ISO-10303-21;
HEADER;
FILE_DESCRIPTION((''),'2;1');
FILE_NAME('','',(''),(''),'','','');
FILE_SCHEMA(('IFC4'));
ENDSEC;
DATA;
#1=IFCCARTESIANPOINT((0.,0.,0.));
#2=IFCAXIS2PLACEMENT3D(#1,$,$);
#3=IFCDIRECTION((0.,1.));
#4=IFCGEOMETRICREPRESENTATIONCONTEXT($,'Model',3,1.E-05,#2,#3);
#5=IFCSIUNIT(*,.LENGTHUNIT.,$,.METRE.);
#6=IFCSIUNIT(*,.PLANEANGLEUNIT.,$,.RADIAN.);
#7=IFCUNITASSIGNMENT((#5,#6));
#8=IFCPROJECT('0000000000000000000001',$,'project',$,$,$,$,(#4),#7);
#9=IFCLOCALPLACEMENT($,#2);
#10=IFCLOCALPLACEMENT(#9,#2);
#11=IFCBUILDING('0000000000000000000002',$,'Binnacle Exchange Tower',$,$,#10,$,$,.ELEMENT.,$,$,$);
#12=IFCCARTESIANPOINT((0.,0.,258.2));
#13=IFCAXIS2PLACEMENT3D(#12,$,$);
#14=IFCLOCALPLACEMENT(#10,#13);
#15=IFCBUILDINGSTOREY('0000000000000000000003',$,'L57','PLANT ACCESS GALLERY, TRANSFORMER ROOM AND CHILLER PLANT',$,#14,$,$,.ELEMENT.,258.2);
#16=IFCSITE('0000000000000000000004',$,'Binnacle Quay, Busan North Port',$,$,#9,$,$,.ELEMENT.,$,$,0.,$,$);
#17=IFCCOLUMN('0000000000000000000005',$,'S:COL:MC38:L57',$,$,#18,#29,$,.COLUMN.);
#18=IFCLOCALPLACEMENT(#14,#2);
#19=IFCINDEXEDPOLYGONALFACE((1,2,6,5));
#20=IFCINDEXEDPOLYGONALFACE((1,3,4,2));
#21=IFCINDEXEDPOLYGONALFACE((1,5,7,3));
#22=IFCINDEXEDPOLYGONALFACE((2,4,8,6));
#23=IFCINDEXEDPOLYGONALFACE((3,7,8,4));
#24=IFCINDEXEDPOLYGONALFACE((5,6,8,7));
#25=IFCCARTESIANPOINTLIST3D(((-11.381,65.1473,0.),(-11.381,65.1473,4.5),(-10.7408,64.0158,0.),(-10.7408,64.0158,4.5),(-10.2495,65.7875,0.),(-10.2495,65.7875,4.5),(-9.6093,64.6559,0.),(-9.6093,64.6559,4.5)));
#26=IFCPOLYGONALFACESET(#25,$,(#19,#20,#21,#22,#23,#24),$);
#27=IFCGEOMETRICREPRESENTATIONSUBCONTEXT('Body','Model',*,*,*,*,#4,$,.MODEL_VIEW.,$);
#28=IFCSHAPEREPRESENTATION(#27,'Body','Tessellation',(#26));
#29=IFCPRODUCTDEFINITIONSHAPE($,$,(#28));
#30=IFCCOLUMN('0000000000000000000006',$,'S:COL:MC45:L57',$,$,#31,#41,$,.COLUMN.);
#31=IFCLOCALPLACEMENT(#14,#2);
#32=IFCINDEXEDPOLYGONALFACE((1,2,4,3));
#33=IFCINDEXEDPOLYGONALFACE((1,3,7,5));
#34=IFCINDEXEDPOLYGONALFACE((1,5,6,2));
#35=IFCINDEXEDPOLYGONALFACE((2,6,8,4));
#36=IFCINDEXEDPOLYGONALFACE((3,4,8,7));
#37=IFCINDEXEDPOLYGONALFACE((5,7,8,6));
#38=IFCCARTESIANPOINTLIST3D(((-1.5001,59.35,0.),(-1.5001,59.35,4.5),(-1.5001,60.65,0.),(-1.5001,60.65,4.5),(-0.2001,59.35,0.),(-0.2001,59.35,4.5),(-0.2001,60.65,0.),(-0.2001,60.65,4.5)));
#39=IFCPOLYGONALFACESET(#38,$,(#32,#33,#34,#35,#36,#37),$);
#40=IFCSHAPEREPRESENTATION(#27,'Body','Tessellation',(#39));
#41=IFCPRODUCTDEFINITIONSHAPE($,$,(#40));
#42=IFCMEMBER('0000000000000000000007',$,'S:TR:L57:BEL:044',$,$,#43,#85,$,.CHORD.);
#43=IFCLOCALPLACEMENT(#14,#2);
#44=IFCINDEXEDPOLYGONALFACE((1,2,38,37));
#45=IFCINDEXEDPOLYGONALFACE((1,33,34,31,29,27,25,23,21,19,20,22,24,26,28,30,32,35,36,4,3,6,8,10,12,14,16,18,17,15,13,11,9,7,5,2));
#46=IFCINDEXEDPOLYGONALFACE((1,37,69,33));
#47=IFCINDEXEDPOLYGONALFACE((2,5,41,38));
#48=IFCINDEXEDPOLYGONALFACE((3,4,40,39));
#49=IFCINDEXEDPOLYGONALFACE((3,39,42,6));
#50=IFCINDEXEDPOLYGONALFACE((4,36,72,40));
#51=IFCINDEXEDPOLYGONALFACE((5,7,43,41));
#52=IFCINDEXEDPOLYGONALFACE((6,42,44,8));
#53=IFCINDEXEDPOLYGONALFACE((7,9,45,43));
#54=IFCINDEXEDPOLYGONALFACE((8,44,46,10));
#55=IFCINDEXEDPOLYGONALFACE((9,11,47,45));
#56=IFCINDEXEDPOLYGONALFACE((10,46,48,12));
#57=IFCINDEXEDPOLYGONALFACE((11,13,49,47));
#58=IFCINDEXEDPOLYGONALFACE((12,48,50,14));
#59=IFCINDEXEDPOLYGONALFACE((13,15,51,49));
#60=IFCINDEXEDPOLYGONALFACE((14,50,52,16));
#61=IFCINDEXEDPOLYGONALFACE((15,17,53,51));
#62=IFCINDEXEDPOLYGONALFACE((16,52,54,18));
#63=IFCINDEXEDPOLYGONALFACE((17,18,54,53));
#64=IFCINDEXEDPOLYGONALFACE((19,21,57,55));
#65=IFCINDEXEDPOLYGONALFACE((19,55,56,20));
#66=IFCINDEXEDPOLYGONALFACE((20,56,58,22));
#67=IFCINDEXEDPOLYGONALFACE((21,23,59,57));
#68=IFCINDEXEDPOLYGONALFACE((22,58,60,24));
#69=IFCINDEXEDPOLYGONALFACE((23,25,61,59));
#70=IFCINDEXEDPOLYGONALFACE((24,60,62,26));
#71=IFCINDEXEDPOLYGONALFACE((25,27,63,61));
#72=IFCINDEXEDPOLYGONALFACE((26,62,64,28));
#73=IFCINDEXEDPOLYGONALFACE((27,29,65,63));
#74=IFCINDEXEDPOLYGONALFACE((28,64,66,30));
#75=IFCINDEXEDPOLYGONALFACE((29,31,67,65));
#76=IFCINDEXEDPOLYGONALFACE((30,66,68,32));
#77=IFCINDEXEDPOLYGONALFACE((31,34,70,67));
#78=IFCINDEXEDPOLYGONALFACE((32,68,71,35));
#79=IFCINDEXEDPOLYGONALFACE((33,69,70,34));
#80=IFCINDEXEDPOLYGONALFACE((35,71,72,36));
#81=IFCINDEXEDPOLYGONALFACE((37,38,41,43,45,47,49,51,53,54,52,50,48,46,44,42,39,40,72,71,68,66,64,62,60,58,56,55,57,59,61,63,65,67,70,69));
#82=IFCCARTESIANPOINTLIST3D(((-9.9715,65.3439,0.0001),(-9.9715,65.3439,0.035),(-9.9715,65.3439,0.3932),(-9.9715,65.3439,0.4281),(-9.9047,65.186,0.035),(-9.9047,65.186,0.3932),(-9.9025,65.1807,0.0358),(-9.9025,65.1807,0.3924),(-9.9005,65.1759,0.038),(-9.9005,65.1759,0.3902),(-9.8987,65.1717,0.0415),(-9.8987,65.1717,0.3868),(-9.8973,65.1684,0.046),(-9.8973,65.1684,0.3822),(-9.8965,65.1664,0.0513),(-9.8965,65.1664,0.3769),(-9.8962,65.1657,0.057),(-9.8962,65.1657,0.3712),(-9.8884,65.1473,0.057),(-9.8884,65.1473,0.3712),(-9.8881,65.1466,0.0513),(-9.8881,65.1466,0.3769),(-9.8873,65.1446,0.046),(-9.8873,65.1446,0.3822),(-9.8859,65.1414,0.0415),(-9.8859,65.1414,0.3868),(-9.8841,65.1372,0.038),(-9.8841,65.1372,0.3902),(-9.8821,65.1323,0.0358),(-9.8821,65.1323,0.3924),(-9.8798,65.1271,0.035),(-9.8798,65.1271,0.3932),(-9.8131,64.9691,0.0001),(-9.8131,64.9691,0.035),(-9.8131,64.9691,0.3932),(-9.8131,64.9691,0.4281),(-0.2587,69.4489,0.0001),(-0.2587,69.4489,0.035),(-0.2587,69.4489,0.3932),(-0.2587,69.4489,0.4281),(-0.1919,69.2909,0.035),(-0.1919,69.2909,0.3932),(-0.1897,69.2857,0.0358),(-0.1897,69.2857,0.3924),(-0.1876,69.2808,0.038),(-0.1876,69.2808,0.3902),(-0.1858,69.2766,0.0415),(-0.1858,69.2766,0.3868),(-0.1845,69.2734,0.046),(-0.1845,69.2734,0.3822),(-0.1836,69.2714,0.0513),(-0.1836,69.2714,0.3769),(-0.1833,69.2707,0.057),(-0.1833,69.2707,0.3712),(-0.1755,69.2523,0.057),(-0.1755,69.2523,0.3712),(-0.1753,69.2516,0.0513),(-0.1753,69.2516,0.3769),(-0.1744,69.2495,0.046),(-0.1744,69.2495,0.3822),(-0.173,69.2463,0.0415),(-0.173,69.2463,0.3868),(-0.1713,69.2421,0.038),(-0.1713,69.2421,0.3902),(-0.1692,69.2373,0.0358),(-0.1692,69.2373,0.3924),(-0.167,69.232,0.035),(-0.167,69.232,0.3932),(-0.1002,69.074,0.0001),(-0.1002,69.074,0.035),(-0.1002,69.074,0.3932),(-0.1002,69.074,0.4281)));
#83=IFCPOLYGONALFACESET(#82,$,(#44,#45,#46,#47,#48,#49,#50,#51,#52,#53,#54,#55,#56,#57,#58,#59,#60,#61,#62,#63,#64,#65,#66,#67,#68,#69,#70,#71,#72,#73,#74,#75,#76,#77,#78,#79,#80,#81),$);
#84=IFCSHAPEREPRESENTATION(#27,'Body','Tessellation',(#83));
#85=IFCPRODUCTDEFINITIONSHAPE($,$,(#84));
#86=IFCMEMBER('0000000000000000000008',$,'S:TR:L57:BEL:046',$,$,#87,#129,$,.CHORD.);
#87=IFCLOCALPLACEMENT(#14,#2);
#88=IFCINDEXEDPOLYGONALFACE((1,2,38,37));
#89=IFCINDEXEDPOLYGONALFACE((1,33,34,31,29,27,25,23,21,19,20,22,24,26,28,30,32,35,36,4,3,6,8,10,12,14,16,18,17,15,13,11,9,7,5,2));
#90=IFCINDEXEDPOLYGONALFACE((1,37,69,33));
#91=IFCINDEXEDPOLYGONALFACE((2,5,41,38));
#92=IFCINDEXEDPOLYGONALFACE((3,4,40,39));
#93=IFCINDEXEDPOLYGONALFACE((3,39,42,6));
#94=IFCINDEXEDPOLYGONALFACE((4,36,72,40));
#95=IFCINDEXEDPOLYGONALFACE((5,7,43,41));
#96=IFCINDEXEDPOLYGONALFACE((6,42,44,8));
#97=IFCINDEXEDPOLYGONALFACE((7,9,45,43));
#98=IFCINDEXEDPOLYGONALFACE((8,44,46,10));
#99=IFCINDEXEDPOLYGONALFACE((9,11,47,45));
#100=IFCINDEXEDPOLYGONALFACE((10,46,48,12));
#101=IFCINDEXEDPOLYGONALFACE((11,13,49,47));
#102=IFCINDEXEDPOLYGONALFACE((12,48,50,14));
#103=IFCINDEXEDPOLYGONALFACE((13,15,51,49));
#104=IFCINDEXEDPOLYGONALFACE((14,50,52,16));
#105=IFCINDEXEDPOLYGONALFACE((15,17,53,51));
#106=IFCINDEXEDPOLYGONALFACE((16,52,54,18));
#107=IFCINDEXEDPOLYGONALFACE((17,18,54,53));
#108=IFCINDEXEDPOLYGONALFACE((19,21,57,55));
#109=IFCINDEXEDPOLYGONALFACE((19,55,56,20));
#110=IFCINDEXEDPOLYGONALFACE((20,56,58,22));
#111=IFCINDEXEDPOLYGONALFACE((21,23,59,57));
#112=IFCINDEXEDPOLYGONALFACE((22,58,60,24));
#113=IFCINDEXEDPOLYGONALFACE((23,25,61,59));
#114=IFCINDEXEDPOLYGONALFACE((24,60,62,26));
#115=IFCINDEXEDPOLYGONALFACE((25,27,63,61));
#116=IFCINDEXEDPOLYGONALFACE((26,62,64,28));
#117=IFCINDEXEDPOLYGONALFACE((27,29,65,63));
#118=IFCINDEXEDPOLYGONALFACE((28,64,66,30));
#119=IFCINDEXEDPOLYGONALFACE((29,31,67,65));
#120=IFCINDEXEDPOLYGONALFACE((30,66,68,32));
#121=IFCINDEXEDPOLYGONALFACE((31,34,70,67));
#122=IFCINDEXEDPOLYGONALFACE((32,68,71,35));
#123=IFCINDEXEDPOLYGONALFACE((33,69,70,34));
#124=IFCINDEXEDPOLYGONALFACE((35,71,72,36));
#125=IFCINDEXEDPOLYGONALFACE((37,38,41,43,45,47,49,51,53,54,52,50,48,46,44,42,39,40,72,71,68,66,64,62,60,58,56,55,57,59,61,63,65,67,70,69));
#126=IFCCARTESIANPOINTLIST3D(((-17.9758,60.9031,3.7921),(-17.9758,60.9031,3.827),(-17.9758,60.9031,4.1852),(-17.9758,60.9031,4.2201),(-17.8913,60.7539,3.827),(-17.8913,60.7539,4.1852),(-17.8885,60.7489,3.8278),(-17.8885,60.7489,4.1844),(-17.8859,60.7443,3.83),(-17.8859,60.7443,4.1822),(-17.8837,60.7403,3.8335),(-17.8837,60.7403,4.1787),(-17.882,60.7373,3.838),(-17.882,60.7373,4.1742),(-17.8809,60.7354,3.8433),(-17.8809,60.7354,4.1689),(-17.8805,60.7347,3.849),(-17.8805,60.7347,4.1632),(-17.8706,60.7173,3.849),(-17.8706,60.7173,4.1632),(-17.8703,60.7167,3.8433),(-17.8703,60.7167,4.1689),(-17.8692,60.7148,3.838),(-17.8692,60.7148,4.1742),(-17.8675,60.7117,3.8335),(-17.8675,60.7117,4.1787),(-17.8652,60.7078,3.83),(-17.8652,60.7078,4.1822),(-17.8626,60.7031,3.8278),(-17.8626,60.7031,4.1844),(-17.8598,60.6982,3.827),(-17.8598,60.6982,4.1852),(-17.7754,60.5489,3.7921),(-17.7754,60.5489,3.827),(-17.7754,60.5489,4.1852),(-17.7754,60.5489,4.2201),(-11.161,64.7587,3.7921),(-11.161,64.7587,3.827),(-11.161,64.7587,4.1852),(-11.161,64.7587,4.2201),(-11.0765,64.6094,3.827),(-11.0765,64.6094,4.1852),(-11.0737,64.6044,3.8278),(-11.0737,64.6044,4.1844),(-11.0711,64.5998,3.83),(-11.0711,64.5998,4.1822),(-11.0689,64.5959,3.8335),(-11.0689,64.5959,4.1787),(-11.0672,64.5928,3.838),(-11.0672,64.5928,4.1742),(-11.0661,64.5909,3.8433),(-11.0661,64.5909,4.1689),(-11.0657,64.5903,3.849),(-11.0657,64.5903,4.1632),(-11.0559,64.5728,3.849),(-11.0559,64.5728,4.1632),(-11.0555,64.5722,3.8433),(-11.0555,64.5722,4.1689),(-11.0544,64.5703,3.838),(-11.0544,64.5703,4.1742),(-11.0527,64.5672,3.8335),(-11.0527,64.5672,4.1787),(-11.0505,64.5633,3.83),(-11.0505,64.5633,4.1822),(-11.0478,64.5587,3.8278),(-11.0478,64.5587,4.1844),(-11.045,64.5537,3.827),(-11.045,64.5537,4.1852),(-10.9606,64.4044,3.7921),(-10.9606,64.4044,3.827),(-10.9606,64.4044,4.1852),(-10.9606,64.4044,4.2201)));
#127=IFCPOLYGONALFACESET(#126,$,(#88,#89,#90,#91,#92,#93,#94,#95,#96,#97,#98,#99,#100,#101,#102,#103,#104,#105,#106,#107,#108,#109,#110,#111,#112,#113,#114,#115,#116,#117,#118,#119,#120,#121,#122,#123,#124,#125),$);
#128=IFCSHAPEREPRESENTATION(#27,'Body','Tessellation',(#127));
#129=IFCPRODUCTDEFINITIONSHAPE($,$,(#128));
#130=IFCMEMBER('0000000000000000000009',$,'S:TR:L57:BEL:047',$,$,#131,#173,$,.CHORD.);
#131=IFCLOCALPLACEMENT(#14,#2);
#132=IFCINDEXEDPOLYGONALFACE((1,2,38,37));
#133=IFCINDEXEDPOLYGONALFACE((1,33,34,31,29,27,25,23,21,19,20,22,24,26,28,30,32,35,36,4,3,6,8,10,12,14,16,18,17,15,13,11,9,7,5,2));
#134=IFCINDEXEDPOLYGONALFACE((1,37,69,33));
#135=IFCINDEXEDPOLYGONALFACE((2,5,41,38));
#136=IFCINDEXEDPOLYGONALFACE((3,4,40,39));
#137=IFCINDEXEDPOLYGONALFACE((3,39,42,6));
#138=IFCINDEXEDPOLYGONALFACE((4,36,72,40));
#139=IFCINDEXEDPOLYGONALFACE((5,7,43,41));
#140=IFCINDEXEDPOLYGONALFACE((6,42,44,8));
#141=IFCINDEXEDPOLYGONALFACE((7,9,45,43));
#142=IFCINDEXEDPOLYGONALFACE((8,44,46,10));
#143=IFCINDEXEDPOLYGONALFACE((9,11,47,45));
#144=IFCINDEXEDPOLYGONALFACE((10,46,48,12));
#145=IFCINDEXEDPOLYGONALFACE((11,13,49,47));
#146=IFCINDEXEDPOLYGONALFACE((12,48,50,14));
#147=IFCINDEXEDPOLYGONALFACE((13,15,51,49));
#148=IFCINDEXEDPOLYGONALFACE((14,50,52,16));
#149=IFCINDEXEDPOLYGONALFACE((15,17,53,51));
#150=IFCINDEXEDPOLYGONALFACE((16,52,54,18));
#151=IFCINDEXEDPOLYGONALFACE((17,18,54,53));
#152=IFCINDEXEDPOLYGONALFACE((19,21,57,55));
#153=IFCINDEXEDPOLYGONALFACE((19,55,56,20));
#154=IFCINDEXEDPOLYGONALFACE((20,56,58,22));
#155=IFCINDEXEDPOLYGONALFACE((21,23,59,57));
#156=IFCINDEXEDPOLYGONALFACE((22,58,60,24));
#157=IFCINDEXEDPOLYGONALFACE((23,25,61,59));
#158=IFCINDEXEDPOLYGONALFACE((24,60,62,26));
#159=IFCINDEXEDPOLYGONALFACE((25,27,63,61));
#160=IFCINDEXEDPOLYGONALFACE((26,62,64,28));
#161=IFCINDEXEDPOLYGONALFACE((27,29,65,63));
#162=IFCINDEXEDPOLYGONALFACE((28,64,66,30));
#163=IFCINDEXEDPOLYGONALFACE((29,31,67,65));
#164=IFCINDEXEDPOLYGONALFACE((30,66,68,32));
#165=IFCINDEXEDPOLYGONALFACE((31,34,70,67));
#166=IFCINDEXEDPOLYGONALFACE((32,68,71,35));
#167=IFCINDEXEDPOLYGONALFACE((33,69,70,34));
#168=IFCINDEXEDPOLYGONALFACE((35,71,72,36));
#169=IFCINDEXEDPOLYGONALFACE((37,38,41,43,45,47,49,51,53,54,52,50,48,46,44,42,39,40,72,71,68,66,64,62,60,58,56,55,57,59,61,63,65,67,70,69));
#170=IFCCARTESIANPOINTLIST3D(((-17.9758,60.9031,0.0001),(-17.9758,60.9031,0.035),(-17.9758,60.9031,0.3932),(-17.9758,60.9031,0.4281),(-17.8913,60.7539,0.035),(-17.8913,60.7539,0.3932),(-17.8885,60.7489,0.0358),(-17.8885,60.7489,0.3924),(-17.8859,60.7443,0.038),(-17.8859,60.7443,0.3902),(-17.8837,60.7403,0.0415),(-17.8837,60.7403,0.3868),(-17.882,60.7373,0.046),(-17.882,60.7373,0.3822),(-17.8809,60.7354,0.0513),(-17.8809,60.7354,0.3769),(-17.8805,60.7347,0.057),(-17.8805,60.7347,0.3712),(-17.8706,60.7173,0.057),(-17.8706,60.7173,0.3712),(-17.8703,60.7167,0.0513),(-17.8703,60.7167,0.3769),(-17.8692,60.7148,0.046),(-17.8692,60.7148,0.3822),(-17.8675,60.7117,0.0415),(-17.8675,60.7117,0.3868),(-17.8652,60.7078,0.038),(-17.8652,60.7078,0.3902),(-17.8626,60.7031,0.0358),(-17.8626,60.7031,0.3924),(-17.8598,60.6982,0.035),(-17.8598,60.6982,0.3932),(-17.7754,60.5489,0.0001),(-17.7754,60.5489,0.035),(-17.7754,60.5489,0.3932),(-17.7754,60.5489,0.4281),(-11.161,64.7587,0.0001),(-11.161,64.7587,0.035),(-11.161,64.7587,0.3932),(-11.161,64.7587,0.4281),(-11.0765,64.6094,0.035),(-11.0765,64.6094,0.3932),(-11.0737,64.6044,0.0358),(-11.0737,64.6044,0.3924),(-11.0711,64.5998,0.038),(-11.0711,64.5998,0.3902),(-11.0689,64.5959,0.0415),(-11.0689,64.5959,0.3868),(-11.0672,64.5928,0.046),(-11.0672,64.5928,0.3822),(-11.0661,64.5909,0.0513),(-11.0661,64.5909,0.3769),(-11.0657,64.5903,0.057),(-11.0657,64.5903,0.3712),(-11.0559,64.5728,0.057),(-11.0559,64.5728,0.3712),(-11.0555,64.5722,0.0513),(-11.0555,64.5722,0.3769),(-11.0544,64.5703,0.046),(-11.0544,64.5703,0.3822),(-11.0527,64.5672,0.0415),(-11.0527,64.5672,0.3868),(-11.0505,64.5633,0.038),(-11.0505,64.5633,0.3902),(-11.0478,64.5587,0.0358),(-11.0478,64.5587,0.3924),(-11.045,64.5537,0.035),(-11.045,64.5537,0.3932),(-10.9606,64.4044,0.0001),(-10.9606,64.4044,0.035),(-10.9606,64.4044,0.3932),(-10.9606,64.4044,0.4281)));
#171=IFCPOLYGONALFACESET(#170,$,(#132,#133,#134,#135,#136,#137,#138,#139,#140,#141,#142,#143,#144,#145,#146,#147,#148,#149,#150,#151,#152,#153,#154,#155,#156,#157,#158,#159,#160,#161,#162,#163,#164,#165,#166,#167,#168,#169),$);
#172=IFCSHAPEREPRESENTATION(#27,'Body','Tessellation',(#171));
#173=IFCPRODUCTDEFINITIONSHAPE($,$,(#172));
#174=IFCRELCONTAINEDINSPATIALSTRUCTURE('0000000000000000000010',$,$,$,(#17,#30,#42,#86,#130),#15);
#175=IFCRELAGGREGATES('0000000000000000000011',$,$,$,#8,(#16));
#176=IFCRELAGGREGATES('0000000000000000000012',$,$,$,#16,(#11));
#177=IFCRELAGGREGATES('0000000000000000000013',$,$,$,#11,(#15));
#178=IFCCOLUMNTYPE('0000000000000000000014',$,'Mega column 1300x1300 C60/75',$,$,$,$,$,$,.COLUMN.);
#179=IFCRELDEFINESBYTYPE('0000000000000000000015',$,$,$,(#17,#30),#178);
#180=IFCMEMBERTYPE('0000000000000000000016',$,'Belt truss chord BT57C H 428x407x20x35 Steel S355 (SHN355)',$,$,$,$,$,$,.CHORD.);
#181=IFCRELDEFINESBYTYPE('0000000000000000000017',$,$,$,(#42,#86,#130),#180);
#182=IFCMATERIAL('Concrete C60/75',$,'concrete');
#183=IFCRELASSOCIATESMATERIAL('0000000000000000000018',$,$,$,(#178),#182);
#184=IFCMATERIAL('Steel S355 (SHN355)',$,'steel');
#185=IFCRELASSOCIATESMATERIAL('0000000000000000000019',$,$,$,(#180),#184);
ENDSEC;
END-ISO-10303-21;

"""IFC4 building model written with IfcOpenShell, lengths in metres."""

from ifc_helpers import new_model, si_unit, direction, frame, origin, origin_2d, place, context, subcontext, project, spatial, rectangle, i_section, extrude, material, material_profile, profile_set, type_object, element, save


model = new_model("IFC4")

# Units and contexts
model_context = context("Model", 3, precision=1e-05, world=origin(), true_north=direction((0.0, 1.0)))
body_context = subcontext(model_context, "Body", "Model", "MODEL_VIEW")
ifc_project = project(units=[si_unit("LENGTHUNIT", "METRE"), si_unit("PLANEANGLEUNIT", "RADIAN")], contexts=[model_context])

# Site, building, storey
site_placement = place(None, origin())
site = spatial("IfcSite", under=ifc_project, at=site_placement, Name="Binnacle Quay, Busan North Port", CompositionType="ELEMENT", RefElevation=0.0)
building_placement = place(site_placement, origin())
building = spatial("IfcBuilding", under=site, at=building_placement, Name="Binnacle Exchange Tower", CompositionType="ELEMENT")
storey_placement = place(building_placement, frame((0.0, 0.0, 258.2)))
storey = spatial("IfcBuildingStorey", under=building, at=storey_placement, Name="L57", Description="PLANT ACCESS GALLERY, TRANSFORMER ROOM AND CHILLER PLANT", CompositionType="ELEMENT", Elevation=258.2)

# Columns
ifc_material_1 = material(Name="Concrete C60/75", Category="concrete")
ifc_material_profile_1 = material_profile(ifc_material_1, rectangle(XDim=1.3, YDim=1.3, at=origin_2d()), Name="Mega column 1300x1300 C60/75")
ifc_profile_set_1 = profile_set([ifc_material_profile_1], Name="Concrete C60/75")
column_type = type_object("IfcColumnType", Name="Mega column 1300x1300 C60/75", PredefinedType="COLUMN", material=ifc_profile_set_1)
for number, where, z_axis, x_axis, name in (
    (1, (-10.4951, 64.9016, 0.0), (0.0, 0.0, 1.0), (-0.870356, -0.492424, 0.0), "S:COL:MC38:L57"),
    (2, (-0.8501, 60.0, 0.0), (0.0, 0.0, 1.0), (0.0, 1.0, 0.0), "S:COL:MC45:L57"),
):
    element("IfcColumn", number, at=place(storey_placement, frame(where, z_axis=z_axis, x_axis=x_axis)), inside=storey, type_object=column_type, Name=name, PredefinedType="COLUMN", context=body_context, shape_type="SweptSolid", body=[
        extrude(rectangle(XDim=1.3, YDim=1.3, at=origin_2d()), origin(), (0.0, 0.0, 1.0), 4.5),
    ])

# Members
ifc_material_2 = material(Name="Steel S355 (SHN355)", Category="steel")
ifc_material_profile_2 = material_profile(ifc_material_2, i_section(OverallWidth=0.407, OverallDepth=0.428, WebThickness=0.02, FlangeThickness=0.0349, FilletRadius=0.022, at=origin_2d()), Name="H 428x407x20x35")
ifc_profile_set_2 = profile_set([ifc_material_profile_2], Name="Steel S355 (SHN355)")
member_type_1 = type_object("IfcMemberType", Name="Belt truss chord BT57C H 428x407x20x35 Steel S355 (SHN355)", PredefinedType="CHORD", material=ifc_profile_set_2)
member_1_placement = place(storey_placement, frame((-0.1794, 69.2615, 0.2141), z_axis=(-0.921114, -0.389293, 0.0), x_axis=(0.389293, -0.921114, 0.0)))
element("IfcMember", 3, at=member_1_placement, inside=storey, type_object=member_type_1, Name="S:TR:L57:BEL:044", PredefinedType="CHORD", context=body_context, shape_type="SweptSolid", body=[
    extrude(i_section(OverallWidth=0.407, OverallDepth=0.428, WebThickness=0.02, FlangeThickness=0.0349, FilletRadius=0.022, at=origin_2d()), origin(), (0.0, 0.0, 1.0), 10.5447),
])
for number, where, z_axis, x_axis, name in (
    (4, (-11.0608, 64.5815, 4.0061), (-0.870361, -0.492414, 0.0), (0.492414, -0.870361, 0.0), "S:TR:L57:BEL:046"),
    (5, (-11.0608, 64.5815, 0.2141), (-0.870361, -0.492414, 0.0), (0.492414, -0.870361, 0.0), "S:TR:L57:BEL:047"),
):
    element("IfcMember", number, at=place(storey_placement, frame(where, z_axis=z_axis, x_axis=x_axis)), inside=storey, type_object=member_type_1, Name=name, PredefinedType="CHORD", context=body_context, shape_type="SweptSolid", body=[
        extrude(i_section(OverallWidth=0.407, OverallDepth=0.428, WebThickness=0.02, FlangeThickness=0.0349, FilletRadius=0.022, at=origin_2d()), origin(), (0.0, 0.0, 1.0), 7.8298),
    ])

save(model, "model.ifc")
